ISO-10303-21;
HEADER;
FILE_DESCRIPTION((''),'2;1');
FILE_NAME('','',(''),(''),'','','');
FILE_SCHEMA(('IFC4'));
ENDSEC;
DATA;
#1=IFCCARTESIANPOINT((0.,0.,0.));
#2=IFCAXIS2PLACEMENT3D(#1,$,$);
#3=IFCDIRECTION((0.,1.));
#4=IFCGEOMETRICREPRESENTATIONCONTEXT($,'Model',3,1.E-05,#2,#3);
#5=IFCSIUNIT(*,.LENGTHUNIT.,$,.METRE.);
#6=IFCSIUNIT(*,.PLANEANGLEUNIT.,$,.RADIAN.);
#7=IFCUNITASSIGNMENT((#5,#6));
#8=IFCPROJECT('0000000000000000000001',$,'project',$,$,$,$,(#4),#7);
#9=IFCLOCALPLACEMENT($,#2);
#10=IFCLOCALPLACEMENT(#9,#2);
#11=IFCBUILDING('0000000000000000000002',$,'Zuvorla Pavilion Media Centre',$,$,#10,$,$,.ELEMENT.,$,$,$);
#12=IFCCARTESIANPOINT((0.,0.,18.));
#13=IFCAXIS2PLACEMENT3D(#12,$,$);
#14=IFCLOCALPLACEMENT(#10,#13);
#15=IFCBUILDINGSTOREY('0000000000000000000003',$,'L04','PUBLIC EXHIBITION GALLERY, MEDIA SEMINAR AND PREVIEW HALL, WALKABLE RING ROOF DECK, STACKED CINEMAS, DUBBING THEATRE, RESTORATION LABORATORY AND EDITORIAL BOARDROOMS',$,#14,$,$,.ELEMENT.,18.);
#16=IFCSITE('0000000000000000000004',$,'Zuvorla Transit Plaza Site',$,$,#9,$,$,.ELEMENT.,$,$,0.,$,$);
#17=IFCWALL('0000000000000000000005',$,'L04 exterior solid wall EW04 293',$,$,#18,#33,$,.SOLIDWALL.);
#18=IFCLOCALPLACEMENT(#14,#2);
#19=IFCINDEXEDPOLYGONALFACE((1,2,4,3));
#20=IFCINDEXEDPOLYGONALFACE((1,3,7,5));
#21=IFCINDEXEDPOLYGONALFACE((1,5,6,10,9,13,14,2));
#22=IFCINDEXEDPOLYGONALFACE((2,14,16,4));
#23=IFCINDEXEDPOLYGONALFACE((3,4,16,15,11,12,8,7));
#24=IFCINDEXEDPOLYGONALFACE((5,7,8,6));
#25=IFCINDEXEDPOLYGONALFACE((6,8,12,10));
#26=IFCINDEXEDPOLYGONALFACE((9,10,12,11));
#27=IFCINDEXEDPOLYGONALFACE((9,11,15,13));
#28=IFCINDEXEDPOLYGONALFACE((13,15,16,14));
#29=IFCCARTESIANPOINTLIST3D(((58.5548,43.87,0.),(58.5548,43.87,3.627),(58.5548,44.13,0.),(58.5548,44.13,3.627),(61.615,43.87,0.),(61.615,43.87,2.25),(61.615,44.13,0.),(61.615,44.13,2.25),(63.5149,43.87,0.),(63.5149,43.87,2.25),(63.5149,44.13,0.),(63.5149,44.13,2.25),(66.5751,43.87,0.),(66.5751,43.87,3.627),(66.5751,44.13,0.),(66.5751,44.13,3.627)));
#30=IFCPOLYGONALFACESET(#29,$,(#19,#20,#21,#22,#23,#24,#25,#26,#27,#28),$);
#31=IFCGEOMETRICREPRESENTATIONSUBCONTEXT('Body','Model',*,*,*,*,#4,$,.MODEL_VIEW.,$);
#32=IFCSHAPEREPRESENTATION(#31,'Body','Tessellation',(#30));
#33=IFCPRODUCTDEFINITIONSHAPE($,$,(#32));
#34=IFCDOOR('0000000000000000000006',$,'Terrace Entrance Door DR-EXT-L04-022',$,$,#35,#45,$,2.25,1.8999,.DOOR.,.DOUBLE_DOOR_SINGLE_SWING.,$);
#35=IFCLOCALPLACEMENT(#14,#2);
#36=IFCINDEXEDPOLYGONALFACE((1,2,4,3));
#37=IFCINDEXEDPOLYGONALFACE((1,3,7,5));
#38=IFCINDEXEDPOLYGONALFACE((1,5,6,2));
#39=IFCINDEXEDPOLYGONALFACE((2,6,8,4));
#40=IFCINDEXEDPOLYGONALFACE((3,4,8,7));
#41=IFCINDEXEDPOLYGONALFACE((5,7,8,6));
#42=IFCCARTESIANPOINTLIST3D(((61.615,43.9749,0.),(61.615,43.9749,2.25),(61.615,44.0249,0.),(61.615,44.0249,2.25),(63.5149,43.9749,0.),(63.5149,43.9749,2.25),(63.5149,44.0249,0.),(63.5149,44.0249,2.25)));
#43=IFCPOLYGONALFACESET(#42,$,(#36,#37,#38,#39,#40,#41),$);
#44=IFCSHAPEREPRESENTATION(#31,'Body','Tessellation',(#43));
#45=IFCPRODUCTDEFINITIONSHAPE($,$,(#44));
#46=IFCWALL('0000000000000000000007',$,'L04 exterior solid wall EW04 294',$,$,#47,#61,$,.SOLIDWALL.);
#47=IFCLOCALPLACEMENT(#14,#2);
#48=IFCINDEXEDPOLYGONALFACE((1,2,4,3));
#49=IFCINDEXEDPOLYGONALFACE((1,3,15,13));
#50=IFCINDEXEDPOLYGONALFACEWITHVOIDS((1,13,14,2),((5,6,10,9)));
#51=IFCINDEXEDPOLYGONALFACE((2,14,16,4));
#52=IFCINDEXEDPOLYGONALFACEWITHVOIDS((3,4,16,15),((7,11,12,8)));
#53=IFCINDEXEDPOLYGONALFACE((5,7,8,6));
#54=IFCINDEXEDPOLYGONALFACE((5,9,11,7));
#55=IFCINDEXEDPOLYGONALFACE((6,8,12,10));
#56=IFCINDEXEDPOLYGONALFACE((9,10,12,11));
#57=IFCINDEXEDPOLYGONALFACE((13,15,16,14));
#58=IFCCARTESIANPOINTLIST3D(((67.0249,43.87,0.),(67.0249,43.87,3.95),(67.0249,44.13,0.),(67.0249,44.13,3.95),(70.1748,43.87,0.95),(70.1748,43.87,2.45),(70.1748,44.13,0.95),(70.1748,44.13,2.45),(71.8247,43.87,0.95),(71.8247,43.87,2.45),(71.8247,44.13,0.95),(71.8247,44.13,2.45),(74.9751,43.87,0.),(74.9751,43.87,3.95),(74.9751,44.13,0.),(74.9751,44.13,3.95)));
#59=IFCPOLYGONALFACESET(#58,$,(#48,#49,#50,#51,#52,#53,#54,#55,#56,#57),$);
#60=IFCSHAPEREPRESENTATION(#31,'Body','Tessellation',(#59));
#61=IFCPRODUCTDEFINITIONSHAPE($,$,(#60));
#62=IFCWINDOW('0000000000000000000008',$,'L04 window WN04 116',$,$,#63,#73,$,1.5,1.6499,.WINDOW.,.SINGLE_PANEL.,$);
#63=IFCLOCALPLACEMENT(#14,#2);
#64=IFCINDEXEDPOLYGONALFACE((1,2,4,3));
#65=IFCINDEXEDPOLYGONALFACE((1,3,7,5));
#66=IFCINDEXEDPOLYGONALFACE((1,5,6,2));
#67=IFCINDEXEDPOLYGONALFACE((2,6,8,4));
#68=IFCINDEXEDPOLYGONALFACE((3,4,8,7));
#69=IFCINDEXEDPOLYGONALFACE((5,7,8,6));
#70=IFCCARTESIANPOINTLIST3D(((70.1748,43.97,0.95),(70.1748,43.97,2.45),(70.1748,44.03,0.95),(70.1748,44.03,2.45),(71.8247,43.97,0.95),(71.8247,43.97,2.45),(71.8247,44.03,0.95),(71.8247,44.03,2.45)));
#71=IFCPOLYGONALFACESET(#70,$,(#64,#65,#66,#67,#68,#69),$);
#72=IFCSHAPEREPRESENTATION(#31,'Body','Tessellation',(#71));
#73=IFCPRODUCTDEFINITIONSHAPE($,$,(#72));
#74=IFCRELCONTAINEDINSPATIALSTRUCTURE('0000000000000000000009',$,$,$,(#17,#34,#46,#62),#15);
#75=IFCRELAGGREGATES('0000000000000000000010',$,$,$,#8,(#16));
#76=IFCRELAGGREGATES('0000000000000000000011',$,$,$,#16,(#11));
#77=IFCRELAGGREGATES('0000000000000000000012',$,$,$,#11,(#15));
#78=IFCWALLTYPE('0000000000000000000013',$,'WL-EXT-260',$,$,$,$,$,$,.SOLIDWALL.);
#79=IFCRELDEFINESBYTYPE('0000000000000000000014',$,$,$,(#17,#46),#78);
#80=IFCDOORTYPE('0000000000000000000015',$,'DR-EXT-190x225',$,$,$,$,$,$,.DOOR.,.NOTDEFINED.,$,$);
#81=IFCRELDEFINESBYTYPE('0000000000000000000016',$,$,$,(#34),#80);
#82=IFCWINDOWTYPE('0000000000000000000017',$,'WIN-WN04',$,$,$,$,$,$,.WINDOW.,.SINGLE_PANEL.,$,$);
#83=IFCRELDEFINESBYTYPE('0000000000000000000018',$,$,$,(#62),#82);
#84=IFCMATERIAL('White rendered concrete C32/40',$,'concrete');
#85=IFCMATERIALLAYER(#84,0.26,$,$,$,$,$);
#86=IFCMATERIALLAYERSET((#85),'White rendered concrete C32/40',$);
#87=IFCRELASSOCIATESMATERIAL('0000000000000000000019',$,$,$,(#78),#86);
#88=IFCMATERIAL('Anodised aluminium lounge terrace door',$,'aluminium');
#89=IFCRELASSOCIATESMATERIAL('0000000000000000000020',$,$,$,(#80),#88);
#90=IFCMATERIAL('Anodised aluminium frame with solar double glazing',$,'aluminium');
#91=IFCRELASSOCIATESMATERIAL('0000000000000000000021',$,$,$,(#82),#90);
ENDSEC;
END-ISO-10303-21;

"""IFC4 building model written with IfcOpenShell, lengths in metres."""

from ifc_helpers import new_model, si_unit, direction, frame, frame_2d, origin, place, context, subcontext, project, spatial, rectangle, extrude, material, layer, layer_set, type_object, element, fill, save


model = new_model("IFC4")

# Units and contexts
model_context = context("Model", 3, precision=1e-05, world=origin(), true_north=direction((0.0, 1.0)))
body_context = subcontext(model_context, "Body", "Model", "MODEL_VIEW")
ifc_project = project(units=[si_unit("LENGTHUNIT", "METRE"), si_unit("PLANEANGLEUNIT", "RADIAN")], contexts=[model_context])

# Site, building, storey
site_placement = place(None, origin())
site = spatial("IfcSite", under=ifc_project, at=site_placement, Name="Zuvorla Transit Plaza Site", CompositionType="ELEMENT", RefElevation=0.0)
building_placement = place(site_placement, origin())
building = spatial("IfcBuilding", under=site, at=building_placement, Name="Zuvorla Pavilion Media Centre", CompositionType="ELEMENT")
storey_placement = place(building_placement, frame((0.0, 0.0, 18.0)))
storey = spatial("IfcBuildingStorey", under=building, at=storey_placement, Name="L04", Description="PUBLIC EXHIBITION GALLERY, MEDIA SEMINAR AND PREVIEW HALL, WALKABLE RING ROOF DECK, STACKED CINEMAS, DUBBING THEATRE, RESTORATION LABORATORY AND EDITORIAL BOARDROOMS", CompositionType="ELEMENT", Elevation=18.0)

# Shared definitions
ifc_material_1 = material(Name="White rendered concrete C32/40", Category="concrete")
ifc_layer = layer(ifc_material_1, 0.26)
ifc_layer_set = layer_set([ifc_layer], Name="White rendered concrete C32/40")
wall_type = type_object("IfcWallType", Name="WL-EXT-260", PredefinedType="SOLIDWALL", material=ifc_layer_set)
ifc_material_2 = material(Name="Anodised aluminium frame with solar double glazing", Category="aluminium")

# Wall, opening, door
wall_1_placement = place(storey_placement, frame((58.5547, 44.0, 0.0), z_axis=(0.0, 0.0, 1.0), x_axis=(1.0, 0.0, 0.0)))
wall_1 = element("IfcWall", 1, at=wall_1_placement, inside=storey, type_object=wall_type, Name="L04 exterior solid wall EW04 293", PredefinedType="SOLIDWALL", context=body_context, shape_type="SweptSolid", body=[
    extrude(rectangle(XDim=8.0203, YDim=0.26, at=frame_2d((4.0103, 0.0))), origin(), (0.0, 0.0, 1.0), 3.627),
])
opening_1_placement = place(wall_1_placement, frame((3.0603, 0.0, 0.0)))
opening_1 = element("IfcOpeningElement", 2, at=opening_1_placement, cuts=wall_1, PredefinedType="OPENING", context=body_context, shape_type="SweptSolid", body=[
    extrude(rectangle(XDim=1.8999, YDim=2.25, at=frame_2d((0.95, 1.125))), frame((0.0, 0.1399, 0.0), z_axis=(0.0, -1.0, 0.0), x_axis=(1.0, 0.0, 0.0)), (0.0, 0.0, 1.0), 0.28),
])
ifc_material_3 = material(Name="Anodised aluminium lounge terrace door", Category="aluminium")
door_type_1 = type_object("IfcDoorType", Name="DR-EXT-190x225", OperationType="NOTDEFINED", PredefinedType="DOOR", material=ifc_material_3)
door_1_placement = place(opening_1_placement, origin())
door_1 = element("IfcDoor", 3, at=door_1_placement, inside=storey, type_object=door_type_1, Name="Terrace Entrance Door DR-EXT-L04-022", OperationType="DOUBLE_DOOR_SINGLE_SWING", OverallHeight=2.25, OverallWidth=1.8999, PredefinedType="DOOR", context=body_context, shape_type="SweptSolid", body=[
    extrude(rectangle(XDim=1.8999, YDim=2.25, at=frame_2d((0.95, 1.125))), frame((0.0, 0.0249, 0.0), z_axis=(0.0, -1.0, 0.0), x_axis=(1.0, 0.0, 0.0)), (0.0, 0.0, 1.0), 0.05),
])
fill(opening_1, door_1)

# Wall, opening, window
wall_2_placement = place(storey_placement, frame((67.0249, 44.0, 0.0), z_axis=(0.0, 0.0, 1.0), x_axis=(1.0, 0.0, 0.0)))
wall_2 = element("IfcWall", 4, at=wall_2_placement, inside=storey, type_object=wall_type, Name="L04 exterior solid wall EW04 294", PredefinedType="SOLIDWALL", context=body_context, shape_type="SweptSolid", body=[
    extrude(rectangle(XDim=7.9502, YDim=0.26, at=frame_2d((3.9751, 0.0))), origin(), (0.0, 0.0, 1.0), 3.95),
])
opening_2_placement = place(wall_2_placement, frame((3.1499, 0.0, 0.95)))
opening_2 = element("IfcOpeningElement", 5, at=opening_2_placement, cuts=wall_2, PredefinedType="OPENING", context=body_context, shape_type="SweptSolid", body=[
    extrude(rectangle(XDim=1.6499, YDim=1.5, at=frame_2d((0.825, 0.75))), frame((0.0, 0.1399, 0.0), z_axis=(0.0, -1.0, 0.0), x_axis=(1.0, 0.0, 0.0)), (0.0, 0.0, 1.0), 0.28),
])
window_type_1 = type_object("IfcWindowType", Name="WIN-WN04", PartitioningType="SINGLE_PANEL", PredefinedType="WINDOW", material=ifc_material_2)
window_1_placement = place(opening_2_placement, origin())
window_1 = element("IfcWindow", 6, at=window_1_placement, inside=storey, type_object=window_type_1, Name="L04 window WN04 116", OverallHeight=1.5, OverallWidth=1.6499, PartitioningType="SINGLE_PANEL", PredefinedType="WINDOW", context=body_context, shape_type="SweptSolid", body=[
    extrude(rectangle(XDim=1.6499, YDim=1.5, at=frame_2d((0.825, 0.75))), frame((0.0, 0.03, 0.0), z_axis=(0.0, -1.0, 0.0), x_axis=(1.0, 0.0, 0.0)), (0.0, 0.0, 1.0), 0.0601),
])
fill(opening_2, window_1)

save(model, "model.ifc")
